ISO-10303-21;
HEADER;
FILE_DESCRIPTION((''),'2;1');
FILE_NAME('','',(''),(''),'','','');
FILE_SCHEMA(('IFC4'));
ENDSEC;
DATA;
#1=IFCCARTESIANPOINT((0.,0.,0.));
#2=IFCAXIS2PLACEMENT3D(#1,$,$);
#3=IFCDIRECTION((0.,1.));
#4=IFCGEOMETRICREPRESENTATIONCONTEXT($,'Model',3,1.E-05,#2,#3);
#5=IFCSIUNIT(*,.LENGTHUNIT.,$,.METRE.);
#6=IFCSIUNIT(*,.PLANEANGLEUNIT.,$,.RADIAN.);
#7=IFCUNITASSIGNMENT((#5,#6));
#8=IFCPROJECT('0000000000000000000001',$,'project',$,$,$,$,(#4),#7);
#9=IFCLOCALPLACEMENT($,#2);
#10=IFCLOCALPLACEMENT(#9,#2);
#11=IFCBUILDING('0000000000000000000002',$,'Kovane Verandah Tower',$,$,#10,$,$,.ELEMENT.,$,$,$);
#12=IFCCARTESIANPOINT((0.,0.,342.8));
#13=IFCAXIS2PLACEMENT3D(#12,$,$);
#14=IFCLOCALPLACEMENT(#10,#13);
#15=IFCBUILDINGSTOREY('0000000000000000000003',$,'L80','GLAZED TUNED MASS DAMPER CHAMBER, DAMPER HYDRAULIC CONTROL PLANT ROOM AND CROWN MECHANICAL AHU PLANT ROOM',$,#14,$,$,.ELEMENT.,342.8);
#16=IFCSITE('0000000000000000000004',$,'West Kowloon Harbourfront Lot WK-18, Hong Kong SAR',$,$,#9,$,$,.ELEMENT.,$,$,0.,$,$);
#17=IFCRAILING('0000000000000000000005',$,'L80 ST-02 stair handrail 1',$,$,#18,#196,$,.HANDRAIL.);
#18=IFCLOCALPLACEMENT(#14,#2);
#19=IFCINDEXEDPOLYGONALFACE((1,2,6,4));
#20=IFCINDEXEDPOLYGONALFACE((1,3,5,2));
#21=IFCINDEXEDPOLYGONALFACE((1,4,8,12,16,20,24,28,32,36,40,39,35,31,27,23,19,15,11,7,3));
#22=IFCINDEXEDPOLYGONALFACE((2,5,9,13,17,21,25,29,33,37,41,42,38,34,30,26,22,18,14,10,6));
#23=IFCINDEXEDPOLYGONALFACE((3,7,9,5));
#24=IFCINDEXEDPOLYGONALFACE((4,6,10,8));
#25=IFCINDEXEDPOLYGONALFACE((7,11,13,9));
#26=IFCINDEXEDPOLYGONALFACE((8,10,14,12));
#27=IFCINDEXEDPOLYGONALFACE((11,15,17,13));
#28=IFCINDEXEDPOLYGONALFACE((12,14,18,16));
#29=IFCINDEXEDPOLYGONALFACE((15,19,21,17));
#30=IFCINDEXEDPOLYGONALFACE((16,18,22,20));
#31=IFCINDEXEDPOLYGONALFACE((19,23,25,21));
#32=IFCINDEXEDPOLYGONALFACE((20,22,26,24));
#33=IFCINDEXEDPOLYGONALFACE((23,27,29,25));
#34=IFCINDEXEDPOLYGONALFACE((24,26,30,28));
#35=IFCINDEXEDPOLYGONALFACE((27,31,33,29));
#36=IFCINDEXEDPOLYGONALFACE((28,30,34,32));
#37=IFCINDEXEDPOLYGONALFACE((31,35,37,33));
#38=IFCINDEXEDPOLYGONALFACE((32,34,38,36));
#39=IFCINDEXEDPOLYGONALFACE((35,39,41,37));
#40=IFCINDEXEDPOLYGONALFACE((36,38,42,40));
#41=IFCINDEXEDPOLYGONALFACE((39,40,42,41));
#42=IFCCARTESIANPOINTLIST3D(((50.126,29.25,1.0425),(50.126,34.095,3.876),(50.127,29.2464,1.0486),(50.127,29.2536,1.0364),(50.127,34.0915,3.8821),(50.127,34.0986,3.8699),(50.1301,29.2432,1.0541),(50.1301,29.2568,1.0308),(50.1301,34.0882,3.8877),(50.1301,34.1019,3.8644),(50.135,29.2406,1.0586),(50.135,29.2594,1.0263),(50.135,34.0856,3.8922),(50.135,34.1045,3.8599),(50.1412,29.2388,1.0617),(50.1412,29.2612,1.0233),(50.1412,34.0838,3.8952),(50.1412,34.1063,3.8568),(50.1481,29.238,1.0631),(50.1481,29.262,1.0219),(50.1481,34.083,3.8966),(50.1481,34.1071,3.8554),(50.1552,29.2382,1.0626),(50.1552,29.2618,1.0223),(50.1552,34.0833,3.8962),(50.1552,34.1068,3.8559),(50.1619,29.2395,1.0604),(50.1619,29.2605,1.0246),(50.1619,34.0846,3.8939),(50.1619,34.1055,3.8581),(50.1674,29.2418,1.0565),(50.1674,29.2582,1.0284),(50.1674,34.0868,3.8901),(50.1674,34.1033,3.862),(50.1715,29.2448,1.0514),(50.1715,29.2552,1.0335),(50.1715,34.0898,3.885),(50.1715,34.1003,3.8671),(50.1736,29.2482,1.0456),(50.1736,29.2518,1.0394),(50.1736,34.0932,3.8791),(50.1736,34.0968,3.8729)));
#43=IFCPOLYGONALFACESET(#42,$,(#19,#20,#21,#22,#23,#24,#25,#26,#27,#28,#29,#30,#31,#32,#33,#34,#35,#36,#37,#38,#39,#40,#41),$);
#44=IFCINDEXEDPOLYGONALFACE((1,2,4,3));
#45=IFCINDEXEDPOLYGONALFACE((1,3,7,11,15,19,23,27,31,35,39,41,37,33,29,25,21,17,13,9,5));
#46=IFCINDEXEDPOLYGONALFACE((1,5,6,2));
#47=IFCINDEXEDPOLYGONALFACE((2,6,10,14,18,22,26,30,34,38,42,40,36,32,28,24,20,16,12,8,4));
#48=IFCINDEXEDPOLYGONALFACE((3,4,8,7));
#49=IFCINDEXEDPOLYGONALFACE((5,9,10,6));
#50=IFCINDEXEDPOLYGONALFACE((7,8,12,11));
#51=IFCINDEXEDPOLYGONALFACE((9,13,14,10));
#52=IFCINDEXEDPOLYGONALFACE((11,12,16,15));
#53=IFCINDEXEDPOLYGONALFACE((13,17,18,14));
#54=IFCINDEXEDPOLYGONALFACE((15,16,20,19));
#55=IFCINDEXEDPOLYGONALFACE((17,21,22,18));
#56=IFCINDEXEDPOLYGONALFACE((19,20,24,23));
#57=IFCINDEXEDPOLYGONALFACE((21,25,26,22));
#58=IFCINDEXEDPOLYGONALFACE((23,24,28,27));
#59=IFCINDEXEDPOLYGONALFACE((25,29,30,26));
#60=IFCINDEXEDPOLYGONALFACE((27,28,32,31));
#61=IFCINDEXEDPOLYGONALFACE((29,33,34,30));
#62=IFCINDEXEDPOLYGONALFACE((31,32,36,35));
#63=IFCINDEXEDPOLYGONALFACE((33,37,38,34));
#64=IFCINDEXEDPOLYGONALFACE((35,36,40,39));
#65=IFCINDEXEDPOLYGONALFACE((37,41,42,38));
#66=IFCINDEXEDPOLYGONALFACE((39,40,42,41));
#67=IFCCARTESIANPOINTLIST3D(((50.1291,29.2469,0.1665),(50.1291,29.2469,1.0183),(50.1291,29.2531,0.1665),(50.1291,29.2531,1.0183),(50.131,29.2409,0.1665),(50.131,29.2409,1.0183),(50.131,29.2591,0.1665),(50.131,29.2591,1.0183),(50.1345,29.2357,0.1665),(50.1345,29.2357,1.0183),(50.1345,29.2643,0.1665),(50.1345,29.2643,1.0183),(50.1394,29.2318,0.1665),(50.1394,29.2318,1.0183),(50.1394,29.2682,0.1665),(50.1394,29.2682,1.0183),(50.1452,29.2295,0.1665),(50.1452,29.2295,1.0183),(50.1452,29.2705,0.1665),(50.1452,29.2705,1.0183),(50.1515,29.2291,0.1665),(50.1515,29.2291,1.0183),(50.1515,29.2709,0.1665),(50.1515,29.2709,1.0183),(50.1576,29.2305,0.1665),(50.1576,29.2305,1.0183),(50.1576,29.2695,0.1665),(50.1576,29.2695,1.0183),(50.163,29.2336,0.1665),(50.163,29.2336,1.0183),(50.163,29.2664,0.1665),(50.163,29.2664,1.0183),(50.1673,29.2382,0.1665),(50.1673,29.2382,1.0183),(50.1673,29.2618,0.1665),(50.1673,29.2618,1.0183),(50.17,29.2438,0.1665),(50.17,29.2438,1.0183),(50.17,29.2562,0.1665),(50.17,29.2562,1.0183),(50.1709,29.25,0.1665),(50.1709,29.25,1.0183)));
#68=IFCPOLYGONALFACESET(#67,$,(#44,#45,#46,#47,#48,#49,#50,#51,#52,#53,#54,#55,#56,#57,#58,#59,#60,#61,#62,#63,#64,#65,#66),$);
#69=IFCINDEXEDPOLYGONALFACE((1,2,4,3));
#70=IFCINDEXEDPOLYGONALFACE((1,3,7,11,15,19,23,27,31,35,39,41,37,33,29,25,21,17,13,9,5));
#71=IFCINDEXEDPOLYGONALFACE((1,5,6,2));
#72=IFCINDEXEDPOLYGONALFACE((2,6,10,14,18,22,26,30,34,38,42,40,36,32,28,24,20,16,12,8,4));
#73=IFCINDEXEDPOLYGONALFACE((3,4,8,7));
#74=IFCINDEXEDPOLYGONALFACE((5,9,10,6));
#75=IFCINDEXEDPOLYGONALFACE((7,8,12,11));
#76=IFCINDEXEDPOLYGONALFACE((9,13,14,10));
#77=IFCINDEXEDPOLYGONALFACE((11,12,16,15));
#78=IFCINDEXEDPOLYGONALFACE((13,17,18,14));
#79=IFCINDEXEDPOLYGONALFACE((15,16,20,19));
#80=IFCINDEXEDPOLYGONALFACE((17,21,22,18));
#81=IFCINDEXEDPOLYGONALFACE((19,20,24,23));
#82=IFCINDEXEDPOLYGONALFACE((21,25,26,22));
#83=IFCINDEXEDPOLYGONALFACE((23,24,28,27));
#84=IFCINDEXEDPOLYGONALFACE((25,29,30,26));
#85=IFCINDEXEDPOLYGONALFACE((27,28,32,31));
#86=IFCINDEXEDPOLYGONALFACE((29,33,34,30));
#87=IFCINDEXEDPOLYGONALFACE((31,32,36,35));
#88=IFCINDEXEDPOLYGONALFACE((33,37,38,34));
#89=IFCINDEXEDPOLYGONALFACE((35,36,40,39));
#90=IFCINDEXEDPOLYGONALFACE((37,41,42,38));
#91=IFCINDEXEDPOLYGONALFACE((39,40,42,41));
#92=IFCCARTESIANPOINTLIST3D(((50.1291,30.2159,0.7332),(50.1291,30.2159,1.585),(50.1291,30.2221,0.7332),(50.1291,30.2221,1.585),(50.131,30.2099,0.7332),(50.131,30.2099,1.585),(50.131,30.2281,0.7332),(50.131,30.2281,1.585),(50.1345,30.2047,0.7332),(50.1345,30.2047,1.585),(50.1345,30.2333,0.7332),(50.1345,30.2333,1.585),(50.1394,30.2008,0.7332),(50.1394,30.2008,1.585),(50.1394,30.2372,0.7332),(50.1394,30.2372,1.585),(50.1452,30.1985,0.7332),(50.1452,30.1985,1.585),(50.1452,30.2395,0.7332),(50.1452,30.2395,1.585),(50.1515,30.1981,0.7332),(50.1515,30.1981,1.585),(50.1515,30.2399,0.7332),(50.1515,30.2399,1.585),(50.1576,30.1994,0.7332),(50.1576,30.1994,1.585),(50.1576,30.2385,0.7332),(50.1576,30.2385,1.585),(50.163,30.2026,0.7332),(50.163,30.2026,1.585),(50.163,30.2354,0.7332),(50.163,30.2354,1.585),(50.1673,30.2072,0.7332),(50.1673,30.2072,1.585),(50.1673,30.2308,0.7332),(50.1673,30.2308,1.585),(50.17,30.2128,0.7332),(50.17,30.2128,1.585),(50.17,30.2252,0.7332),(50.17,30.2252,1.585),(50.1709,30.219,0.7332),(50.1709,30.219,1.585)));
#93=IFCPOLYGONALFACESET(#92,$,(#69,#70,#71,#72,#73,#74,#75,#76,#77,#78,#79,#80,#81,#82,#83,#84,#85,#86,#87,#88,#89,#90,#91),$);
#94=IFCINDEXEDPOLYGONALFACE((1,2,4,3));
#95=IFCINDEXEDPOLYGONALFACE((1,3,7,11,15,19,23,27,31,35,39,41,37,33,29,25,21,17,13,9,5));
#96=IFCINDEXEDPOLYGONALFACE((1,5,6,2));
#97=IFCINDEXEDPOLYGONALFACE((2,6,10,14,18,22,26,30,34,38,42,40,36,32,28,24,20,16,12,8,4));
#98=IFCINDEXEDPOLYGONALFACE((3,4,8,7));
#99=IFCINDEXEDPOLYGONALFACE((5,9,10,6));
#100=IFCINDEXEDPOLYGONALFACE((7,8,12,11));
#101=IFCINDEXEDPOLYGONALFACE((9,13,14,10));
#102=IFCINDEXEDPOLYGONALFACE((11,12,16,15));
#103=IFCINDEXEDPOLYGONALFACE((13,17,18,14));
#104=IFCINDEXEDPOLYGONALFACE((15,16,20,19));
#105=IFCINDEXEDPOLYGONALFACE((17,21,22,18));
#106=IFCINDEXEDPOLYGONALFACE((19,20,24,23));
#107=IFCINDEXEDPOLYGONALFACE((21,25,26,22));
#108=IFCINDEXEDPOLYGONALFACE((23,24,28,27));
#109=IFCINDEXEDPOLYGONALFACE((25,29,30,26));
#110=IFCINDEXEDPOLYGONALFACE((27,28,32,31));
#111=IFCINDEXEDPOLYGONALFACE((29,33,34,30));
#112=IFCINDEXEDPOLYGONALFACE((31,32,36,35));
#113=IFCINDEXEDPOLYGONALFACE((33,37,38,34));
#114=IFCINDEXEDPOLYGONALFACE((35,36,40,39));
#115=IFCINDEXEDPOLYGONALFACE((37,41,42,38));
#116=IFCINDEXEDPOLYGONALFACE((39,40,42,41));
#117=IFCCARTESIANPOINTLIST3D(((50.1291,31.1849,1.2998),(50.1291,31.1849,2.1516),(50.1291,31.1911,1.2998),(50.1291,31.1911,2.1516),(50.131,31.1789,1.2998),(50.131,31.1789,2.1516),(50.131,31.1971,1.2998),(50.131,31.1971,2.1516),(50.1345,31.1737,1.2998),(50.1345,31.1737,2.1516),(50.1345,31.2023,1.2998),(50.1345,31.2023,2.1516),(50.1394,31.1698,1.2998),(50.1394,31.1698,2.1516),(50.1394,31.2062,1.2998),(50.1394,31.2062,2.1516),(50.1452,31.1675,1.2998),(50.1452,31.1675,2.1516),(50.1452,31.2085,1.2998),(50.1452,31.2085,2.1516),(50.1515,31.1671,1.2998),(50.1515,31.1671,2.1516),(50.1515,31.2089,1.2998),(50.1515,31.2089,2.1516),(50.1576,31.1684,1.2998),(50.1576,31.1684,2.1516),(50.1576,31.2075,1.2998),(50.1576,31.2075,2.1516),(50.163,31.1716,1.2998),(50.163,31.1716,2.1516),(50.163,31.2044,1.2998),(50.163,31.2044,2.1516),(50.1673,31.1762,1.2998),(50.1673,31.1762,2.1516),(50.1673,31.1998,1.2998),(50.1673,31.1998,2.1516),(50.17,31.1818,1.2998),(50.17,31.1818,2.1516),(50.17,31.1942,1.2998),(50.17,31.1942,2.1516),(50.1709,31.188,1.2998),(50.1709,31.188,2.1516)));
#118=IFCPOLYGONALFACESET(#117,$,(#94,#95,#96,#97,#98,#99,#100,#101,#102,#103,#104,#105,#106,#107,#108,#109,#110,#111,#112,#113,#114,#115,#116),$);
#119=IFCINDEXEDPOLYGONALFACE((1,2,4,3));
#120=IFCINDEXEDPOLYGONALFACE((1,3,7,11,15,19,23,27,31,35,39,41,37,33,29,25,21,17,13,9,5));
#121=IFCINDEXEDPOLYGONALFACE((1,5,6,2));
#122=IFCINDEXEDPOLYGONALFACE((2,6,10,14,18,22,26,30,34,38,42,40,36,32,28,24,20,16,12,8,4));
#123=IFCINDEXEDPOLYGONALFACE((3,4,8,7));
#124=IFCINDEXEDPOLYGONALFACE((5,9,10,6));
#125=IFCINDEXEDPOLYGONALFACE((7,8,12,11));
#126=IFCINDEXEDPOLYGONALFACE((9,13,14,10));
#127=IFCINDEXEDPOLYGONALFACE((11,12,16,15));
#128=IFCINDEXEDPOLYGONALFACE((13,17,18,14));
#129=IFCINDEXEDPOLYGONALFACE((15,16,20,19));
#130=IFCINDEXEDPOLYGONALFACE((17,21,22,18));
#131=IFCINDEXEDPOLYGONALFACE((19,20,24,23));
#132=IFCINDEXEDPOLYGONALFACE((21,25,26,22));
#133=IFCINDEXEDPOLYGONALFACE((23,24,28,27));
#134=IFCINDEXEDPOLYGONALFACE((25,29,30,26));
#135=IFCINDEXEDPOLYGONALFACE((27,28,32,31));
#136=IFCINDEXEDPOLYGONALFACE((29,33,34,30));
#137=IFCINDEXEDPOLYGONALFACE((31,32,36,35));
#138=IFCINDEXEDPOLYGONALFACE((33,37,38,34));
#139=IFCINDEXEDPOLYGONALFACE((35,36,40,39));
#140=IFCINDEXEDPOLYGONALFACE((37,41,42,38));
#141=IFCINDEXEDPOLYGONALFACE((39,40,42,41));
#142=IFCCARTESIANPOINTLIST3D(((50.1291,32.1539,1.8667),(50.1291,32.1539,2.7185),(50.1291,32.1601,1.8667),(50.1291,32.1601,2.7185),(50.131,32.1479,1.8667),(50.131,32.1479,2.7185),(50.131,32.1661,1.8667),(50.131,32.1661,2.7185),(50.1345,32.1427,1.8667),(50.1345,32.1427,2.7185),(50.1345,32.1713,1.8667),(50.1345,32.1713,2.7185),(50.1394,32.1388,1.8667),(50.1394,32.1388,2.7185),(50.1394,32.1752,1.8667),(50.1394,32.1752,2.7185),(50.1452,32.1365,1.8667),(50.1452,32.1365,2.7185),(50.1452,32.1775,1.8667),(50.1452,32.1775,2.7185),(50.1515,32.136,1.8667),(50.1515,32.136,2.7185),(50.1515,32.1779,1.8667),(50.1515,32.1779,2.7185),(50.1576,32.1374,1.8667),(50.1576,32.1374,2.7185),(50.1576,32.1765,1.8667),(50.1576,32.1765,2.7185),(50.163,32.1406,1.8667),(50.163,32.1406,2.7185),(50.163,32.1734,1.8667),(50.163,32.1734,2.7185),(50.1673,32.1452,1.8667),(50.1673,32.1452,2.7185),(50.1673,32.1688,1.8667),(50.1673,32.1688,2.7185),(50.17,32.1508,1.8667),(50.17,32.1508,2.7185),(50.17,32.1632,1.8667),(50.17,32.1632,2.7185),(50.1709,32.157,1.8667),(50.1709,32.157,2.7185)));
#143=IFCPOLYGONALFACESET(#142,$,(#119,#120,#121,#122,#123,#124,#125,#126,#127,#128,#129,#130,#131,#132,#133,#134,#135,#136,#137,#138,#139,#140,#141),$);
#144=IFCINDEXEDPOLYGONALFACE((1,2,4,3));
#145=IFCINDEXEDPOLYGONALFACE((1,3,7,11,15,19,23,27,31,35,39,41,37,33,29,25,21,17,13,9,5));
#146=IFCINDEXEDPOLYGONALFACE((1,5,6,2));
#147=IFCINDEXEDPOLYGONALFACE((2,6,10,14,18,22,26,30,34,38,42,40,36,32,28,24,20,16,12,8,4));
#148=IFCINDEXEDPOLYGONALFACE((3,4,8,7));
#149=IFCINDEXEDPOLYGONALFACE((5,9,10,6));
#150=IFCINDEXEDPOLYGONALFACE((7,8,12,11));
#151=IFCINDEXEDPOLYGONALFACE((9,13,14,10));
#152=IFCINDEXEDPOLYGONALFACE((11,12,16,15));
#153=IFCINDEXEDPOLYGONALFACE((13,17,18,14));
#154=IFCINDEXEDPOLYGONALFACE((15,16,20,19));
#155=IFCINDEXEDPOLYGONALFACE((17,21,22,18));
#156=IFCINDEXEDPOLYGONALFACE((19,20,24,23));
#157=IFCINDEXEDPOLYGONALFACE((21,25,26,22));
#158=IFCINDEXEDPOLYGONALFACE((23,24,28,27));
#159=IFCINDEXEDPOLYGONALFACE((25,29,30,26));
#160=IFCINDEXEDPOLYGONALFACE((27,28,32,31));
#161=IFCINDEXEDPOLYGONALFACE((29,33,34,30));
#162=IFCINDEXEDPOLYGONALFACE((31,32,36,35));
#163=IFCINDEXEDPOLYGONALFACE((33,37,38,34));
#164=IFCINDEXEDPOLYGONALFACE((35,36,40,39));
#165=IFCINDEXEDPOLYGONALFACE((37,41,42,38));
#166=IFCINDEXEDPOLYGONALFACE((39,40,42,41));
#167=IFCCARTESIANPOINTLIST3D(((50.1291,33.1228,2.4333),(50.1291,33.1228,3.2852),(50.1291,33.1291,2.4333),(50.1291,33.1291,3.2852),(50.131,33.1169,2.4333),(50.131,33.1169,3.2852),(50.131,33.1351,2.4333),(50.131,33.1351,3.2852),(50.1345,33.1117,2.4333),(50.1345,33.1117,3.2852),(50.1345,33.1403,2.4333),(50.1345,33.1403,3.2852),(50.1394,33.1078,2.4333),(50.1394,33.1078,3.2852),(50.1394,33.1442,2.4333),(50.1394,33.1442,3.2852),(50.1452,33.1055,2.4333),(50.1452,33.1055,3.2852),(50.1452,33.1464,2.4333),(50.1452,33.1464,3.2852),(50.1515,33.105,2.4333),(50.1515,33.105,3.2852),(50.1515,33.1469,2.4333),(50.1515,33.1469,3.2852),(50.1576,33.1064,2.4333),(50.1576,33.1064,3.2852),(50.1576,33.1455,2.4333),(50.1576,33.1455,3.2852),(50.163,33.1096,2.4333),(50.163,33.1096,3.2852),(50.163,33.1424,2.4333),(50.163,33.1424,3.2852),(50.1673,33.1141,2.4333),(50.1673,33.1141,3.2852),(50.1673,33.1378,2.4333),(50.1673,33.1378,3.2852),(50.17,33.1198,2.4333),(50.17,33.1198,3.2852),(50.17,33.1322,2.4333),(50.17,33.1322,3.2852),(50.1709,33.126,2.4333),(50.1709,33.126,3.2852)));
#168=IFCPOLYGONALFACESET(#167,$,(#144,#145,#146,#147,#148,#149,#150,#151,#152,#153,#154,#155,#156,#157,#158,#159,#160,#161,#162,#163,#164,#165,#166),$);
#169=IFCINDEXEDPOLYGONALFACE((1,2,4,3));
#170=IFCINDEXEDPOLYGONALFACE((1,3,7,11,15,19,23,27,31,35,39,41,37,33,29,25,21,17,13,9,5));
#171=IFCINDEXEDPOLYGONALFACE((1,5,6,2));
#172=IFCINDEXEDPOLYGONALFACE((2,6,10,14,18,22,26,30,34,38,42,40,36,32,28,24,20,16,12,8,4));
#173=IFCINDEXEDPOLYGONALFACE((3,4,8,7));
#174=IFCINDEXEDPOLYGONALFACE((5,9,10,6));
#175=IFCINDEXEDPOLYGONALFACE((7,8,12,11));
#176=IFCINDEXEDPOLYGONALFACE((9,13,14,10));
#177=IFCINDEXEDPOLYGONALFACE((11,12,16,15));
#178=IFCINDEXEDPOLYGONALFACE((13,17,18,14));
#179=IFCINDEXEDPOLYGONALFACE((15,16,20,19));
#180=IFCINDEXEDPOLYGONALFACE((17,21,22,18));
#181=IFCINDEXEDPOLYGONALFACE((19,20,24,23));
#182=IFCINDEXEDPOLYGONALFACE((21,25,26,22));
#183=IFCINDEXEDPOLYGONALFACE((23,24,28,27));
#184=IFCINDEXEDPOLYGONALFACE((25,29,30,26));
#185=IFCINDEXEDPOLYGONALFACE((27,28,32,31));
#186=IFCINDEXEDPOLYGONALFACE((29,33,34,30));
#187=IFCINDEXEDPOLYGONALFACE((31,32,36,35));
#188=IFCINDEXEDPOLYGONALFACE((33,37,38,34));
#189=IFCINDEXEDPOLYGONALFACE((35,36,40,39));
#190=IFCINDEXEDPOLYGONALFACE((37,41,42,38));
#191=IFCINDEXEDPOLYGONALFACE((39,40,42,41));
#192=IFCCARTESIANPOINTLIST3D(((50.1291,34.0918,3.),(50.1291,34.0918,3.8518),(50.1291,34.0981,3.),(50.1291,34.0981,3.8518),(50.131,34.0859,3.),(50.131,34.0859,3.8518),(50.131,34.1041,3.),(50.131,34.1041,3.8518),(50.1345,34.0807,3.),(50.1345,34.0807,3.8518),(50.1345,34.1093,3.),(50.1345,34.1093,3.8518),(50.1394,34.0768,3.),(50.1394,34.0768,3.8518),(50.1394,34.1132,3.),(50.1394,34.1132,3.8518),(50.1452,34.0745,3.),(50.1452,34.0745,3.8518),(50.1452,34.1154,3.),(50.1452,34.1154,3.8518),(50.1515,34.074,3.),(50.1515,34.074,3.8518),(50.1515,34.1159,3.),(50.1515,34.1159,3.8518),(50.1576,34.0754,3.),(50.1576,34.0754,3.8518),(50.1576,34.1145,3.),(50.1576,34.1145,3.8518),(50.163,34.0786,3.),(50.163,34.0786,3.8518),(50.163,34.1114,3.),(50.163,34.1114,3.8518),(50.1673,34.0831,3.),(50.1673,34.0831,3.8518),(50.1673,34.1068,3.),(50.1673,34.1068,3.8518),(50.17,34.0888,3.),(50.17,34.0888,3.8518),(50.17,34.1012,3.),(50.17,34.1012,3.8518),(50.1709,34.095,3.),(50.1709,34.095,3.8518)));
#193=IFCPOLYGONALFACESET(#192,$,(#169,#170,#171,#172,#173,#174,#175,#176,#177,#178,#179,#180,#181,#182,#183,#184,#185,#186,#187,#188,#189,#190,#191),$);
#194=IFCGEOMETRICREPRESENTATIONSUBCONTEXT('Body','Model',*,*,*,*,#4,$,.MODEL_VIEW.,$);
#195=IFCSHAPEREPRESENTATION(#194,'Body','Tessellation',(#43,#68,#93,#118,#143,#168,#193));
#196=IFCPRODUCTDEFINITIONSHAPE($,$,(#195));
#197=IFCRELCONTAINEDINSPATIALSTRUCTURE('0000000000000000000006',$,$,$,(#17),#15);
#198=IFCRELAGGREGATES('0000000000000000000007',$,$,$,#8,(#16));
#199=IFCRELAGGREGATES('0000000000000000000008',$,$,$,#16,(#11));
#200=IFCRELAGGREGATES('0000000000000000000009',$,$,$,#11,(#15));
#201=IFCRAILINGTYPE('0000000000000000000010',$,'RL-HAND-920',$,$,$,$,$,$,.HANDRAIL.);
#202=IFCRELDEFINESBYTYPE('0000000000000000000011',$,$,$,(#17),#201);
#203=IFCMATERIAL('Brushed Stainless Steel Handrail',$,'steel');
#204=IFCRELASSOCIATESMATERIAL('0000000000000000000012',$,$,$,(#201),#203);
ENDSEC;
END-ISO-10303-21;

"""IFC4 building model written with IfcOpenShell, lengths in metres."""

from ifc_helpers import new_model, si_unit, direction, frame, origin, origin_2d, place, context, subcontext, project, spatial, circle, extrude, material, type_object, element, save


model = new_model("IFC4")

# Units and contexts
model_context = context("Model", 3, precision=1e-05, world=origin(), true_north=direction((0.0, 1.0)))
body_context = subcontext(model_context, "Body", "Model", "MODEL_VIEW")
ifc_project = project(units=[si_unit("LENGTHUNIT", "METRE"), si_unit("PLANEANGLEUNIT", "RADIAN")], contexts=[model_context])

# Site, building, storey
site_placement = place(None, origin())
site = spatial("IfcSite", under=ifc_project, at=site_placement, Name="West Kowloon Harbourfront Lot WK-18, Hong Kong SAR", CompositionType="ELEMENT", RefElevation=0.0)
building_placement = place(site_placement, origin())
building = spatial("IfcBuilding", under=site, at=building_placement, Name="Kovane Verandah Tower", CompositionType="ELEMENT")
storey_placement = place(building_placement, frame((0.0, 0.0, 342.8)))
storey = spatial("IfcBuildingStorey", under=building, at=storey_placement, Name="L80", Description="GLAZED TUNED MASS DAMPER CHAMBER, DAMPER HYDRAULIC CONTROL PLANT ROOM AND CROWN MECHANICAL AHU PLANT ROOM", CompositionType="ELEMENT", Elevation=342.8)

# Railing
ifc_material_1 = material(Name="Brushed Stainless Steel Handrail", Category="steel")
railing_type = type_object("IfcRailingType", Name="RL-HAND-920", PredefinedType="HANDRAIL", material=ifc_material_1)
railing_placement = place(storey_placement, frame((50.1499, 29.25, 0.1665)))
element("IfcRailing", 1, at=railing_placement, inside=storey, type_object=railing_type, Name="L80 ST-02 stair handrail 1", PredefinedType="HANDRAIL", context=body_context, shape_type="SweptSolid", body=[
    extrude(circle(Radius=0.0239, at=origin_2d()), frame((0.0, 0.0, 0.876), z_axis=(0.0, 0.863215, 0.504836), x_axis=(-1.0, 0.0, 0.0)), (0.0, 0.0, 1.0), 5.6128),
    extrude(circle(Radius=0.021, at=origin_2d()), origin(), (0.0, 0.0, 1.0), 0.8518),
    extrude(circle(Radius=0.021, at=origin_2d()), frame((0.0, 0.969, 0.5667)), (0.0, 0.0, 1.0), 0.8518),
    extrude(circle(Radius=0.021, at=origin_2d()), frame((0.0, 1.938, 1.1333)), (0.0, 0.0, 1.0), 0.8518),
    extrude(circle(Radius=0.021, at=origin_2d()), frame((0.0, 2.907, 1.7002)), (0.0, 0.0, 1.0), 0.8518),
    extrude(circle(Radius=0.021, at=origin_2d()), frame((0.0, 3.876, 2.2668)), (0.0, 0.0, 1.0), 0.8518),
    extrude(circle(Radius=0.021, at=origin_2d()), frame((0.0, 4.845, 2.8335)), (0.0, 0.0, 1.0), 0.8518),
])

save(model, "model.ifc")
